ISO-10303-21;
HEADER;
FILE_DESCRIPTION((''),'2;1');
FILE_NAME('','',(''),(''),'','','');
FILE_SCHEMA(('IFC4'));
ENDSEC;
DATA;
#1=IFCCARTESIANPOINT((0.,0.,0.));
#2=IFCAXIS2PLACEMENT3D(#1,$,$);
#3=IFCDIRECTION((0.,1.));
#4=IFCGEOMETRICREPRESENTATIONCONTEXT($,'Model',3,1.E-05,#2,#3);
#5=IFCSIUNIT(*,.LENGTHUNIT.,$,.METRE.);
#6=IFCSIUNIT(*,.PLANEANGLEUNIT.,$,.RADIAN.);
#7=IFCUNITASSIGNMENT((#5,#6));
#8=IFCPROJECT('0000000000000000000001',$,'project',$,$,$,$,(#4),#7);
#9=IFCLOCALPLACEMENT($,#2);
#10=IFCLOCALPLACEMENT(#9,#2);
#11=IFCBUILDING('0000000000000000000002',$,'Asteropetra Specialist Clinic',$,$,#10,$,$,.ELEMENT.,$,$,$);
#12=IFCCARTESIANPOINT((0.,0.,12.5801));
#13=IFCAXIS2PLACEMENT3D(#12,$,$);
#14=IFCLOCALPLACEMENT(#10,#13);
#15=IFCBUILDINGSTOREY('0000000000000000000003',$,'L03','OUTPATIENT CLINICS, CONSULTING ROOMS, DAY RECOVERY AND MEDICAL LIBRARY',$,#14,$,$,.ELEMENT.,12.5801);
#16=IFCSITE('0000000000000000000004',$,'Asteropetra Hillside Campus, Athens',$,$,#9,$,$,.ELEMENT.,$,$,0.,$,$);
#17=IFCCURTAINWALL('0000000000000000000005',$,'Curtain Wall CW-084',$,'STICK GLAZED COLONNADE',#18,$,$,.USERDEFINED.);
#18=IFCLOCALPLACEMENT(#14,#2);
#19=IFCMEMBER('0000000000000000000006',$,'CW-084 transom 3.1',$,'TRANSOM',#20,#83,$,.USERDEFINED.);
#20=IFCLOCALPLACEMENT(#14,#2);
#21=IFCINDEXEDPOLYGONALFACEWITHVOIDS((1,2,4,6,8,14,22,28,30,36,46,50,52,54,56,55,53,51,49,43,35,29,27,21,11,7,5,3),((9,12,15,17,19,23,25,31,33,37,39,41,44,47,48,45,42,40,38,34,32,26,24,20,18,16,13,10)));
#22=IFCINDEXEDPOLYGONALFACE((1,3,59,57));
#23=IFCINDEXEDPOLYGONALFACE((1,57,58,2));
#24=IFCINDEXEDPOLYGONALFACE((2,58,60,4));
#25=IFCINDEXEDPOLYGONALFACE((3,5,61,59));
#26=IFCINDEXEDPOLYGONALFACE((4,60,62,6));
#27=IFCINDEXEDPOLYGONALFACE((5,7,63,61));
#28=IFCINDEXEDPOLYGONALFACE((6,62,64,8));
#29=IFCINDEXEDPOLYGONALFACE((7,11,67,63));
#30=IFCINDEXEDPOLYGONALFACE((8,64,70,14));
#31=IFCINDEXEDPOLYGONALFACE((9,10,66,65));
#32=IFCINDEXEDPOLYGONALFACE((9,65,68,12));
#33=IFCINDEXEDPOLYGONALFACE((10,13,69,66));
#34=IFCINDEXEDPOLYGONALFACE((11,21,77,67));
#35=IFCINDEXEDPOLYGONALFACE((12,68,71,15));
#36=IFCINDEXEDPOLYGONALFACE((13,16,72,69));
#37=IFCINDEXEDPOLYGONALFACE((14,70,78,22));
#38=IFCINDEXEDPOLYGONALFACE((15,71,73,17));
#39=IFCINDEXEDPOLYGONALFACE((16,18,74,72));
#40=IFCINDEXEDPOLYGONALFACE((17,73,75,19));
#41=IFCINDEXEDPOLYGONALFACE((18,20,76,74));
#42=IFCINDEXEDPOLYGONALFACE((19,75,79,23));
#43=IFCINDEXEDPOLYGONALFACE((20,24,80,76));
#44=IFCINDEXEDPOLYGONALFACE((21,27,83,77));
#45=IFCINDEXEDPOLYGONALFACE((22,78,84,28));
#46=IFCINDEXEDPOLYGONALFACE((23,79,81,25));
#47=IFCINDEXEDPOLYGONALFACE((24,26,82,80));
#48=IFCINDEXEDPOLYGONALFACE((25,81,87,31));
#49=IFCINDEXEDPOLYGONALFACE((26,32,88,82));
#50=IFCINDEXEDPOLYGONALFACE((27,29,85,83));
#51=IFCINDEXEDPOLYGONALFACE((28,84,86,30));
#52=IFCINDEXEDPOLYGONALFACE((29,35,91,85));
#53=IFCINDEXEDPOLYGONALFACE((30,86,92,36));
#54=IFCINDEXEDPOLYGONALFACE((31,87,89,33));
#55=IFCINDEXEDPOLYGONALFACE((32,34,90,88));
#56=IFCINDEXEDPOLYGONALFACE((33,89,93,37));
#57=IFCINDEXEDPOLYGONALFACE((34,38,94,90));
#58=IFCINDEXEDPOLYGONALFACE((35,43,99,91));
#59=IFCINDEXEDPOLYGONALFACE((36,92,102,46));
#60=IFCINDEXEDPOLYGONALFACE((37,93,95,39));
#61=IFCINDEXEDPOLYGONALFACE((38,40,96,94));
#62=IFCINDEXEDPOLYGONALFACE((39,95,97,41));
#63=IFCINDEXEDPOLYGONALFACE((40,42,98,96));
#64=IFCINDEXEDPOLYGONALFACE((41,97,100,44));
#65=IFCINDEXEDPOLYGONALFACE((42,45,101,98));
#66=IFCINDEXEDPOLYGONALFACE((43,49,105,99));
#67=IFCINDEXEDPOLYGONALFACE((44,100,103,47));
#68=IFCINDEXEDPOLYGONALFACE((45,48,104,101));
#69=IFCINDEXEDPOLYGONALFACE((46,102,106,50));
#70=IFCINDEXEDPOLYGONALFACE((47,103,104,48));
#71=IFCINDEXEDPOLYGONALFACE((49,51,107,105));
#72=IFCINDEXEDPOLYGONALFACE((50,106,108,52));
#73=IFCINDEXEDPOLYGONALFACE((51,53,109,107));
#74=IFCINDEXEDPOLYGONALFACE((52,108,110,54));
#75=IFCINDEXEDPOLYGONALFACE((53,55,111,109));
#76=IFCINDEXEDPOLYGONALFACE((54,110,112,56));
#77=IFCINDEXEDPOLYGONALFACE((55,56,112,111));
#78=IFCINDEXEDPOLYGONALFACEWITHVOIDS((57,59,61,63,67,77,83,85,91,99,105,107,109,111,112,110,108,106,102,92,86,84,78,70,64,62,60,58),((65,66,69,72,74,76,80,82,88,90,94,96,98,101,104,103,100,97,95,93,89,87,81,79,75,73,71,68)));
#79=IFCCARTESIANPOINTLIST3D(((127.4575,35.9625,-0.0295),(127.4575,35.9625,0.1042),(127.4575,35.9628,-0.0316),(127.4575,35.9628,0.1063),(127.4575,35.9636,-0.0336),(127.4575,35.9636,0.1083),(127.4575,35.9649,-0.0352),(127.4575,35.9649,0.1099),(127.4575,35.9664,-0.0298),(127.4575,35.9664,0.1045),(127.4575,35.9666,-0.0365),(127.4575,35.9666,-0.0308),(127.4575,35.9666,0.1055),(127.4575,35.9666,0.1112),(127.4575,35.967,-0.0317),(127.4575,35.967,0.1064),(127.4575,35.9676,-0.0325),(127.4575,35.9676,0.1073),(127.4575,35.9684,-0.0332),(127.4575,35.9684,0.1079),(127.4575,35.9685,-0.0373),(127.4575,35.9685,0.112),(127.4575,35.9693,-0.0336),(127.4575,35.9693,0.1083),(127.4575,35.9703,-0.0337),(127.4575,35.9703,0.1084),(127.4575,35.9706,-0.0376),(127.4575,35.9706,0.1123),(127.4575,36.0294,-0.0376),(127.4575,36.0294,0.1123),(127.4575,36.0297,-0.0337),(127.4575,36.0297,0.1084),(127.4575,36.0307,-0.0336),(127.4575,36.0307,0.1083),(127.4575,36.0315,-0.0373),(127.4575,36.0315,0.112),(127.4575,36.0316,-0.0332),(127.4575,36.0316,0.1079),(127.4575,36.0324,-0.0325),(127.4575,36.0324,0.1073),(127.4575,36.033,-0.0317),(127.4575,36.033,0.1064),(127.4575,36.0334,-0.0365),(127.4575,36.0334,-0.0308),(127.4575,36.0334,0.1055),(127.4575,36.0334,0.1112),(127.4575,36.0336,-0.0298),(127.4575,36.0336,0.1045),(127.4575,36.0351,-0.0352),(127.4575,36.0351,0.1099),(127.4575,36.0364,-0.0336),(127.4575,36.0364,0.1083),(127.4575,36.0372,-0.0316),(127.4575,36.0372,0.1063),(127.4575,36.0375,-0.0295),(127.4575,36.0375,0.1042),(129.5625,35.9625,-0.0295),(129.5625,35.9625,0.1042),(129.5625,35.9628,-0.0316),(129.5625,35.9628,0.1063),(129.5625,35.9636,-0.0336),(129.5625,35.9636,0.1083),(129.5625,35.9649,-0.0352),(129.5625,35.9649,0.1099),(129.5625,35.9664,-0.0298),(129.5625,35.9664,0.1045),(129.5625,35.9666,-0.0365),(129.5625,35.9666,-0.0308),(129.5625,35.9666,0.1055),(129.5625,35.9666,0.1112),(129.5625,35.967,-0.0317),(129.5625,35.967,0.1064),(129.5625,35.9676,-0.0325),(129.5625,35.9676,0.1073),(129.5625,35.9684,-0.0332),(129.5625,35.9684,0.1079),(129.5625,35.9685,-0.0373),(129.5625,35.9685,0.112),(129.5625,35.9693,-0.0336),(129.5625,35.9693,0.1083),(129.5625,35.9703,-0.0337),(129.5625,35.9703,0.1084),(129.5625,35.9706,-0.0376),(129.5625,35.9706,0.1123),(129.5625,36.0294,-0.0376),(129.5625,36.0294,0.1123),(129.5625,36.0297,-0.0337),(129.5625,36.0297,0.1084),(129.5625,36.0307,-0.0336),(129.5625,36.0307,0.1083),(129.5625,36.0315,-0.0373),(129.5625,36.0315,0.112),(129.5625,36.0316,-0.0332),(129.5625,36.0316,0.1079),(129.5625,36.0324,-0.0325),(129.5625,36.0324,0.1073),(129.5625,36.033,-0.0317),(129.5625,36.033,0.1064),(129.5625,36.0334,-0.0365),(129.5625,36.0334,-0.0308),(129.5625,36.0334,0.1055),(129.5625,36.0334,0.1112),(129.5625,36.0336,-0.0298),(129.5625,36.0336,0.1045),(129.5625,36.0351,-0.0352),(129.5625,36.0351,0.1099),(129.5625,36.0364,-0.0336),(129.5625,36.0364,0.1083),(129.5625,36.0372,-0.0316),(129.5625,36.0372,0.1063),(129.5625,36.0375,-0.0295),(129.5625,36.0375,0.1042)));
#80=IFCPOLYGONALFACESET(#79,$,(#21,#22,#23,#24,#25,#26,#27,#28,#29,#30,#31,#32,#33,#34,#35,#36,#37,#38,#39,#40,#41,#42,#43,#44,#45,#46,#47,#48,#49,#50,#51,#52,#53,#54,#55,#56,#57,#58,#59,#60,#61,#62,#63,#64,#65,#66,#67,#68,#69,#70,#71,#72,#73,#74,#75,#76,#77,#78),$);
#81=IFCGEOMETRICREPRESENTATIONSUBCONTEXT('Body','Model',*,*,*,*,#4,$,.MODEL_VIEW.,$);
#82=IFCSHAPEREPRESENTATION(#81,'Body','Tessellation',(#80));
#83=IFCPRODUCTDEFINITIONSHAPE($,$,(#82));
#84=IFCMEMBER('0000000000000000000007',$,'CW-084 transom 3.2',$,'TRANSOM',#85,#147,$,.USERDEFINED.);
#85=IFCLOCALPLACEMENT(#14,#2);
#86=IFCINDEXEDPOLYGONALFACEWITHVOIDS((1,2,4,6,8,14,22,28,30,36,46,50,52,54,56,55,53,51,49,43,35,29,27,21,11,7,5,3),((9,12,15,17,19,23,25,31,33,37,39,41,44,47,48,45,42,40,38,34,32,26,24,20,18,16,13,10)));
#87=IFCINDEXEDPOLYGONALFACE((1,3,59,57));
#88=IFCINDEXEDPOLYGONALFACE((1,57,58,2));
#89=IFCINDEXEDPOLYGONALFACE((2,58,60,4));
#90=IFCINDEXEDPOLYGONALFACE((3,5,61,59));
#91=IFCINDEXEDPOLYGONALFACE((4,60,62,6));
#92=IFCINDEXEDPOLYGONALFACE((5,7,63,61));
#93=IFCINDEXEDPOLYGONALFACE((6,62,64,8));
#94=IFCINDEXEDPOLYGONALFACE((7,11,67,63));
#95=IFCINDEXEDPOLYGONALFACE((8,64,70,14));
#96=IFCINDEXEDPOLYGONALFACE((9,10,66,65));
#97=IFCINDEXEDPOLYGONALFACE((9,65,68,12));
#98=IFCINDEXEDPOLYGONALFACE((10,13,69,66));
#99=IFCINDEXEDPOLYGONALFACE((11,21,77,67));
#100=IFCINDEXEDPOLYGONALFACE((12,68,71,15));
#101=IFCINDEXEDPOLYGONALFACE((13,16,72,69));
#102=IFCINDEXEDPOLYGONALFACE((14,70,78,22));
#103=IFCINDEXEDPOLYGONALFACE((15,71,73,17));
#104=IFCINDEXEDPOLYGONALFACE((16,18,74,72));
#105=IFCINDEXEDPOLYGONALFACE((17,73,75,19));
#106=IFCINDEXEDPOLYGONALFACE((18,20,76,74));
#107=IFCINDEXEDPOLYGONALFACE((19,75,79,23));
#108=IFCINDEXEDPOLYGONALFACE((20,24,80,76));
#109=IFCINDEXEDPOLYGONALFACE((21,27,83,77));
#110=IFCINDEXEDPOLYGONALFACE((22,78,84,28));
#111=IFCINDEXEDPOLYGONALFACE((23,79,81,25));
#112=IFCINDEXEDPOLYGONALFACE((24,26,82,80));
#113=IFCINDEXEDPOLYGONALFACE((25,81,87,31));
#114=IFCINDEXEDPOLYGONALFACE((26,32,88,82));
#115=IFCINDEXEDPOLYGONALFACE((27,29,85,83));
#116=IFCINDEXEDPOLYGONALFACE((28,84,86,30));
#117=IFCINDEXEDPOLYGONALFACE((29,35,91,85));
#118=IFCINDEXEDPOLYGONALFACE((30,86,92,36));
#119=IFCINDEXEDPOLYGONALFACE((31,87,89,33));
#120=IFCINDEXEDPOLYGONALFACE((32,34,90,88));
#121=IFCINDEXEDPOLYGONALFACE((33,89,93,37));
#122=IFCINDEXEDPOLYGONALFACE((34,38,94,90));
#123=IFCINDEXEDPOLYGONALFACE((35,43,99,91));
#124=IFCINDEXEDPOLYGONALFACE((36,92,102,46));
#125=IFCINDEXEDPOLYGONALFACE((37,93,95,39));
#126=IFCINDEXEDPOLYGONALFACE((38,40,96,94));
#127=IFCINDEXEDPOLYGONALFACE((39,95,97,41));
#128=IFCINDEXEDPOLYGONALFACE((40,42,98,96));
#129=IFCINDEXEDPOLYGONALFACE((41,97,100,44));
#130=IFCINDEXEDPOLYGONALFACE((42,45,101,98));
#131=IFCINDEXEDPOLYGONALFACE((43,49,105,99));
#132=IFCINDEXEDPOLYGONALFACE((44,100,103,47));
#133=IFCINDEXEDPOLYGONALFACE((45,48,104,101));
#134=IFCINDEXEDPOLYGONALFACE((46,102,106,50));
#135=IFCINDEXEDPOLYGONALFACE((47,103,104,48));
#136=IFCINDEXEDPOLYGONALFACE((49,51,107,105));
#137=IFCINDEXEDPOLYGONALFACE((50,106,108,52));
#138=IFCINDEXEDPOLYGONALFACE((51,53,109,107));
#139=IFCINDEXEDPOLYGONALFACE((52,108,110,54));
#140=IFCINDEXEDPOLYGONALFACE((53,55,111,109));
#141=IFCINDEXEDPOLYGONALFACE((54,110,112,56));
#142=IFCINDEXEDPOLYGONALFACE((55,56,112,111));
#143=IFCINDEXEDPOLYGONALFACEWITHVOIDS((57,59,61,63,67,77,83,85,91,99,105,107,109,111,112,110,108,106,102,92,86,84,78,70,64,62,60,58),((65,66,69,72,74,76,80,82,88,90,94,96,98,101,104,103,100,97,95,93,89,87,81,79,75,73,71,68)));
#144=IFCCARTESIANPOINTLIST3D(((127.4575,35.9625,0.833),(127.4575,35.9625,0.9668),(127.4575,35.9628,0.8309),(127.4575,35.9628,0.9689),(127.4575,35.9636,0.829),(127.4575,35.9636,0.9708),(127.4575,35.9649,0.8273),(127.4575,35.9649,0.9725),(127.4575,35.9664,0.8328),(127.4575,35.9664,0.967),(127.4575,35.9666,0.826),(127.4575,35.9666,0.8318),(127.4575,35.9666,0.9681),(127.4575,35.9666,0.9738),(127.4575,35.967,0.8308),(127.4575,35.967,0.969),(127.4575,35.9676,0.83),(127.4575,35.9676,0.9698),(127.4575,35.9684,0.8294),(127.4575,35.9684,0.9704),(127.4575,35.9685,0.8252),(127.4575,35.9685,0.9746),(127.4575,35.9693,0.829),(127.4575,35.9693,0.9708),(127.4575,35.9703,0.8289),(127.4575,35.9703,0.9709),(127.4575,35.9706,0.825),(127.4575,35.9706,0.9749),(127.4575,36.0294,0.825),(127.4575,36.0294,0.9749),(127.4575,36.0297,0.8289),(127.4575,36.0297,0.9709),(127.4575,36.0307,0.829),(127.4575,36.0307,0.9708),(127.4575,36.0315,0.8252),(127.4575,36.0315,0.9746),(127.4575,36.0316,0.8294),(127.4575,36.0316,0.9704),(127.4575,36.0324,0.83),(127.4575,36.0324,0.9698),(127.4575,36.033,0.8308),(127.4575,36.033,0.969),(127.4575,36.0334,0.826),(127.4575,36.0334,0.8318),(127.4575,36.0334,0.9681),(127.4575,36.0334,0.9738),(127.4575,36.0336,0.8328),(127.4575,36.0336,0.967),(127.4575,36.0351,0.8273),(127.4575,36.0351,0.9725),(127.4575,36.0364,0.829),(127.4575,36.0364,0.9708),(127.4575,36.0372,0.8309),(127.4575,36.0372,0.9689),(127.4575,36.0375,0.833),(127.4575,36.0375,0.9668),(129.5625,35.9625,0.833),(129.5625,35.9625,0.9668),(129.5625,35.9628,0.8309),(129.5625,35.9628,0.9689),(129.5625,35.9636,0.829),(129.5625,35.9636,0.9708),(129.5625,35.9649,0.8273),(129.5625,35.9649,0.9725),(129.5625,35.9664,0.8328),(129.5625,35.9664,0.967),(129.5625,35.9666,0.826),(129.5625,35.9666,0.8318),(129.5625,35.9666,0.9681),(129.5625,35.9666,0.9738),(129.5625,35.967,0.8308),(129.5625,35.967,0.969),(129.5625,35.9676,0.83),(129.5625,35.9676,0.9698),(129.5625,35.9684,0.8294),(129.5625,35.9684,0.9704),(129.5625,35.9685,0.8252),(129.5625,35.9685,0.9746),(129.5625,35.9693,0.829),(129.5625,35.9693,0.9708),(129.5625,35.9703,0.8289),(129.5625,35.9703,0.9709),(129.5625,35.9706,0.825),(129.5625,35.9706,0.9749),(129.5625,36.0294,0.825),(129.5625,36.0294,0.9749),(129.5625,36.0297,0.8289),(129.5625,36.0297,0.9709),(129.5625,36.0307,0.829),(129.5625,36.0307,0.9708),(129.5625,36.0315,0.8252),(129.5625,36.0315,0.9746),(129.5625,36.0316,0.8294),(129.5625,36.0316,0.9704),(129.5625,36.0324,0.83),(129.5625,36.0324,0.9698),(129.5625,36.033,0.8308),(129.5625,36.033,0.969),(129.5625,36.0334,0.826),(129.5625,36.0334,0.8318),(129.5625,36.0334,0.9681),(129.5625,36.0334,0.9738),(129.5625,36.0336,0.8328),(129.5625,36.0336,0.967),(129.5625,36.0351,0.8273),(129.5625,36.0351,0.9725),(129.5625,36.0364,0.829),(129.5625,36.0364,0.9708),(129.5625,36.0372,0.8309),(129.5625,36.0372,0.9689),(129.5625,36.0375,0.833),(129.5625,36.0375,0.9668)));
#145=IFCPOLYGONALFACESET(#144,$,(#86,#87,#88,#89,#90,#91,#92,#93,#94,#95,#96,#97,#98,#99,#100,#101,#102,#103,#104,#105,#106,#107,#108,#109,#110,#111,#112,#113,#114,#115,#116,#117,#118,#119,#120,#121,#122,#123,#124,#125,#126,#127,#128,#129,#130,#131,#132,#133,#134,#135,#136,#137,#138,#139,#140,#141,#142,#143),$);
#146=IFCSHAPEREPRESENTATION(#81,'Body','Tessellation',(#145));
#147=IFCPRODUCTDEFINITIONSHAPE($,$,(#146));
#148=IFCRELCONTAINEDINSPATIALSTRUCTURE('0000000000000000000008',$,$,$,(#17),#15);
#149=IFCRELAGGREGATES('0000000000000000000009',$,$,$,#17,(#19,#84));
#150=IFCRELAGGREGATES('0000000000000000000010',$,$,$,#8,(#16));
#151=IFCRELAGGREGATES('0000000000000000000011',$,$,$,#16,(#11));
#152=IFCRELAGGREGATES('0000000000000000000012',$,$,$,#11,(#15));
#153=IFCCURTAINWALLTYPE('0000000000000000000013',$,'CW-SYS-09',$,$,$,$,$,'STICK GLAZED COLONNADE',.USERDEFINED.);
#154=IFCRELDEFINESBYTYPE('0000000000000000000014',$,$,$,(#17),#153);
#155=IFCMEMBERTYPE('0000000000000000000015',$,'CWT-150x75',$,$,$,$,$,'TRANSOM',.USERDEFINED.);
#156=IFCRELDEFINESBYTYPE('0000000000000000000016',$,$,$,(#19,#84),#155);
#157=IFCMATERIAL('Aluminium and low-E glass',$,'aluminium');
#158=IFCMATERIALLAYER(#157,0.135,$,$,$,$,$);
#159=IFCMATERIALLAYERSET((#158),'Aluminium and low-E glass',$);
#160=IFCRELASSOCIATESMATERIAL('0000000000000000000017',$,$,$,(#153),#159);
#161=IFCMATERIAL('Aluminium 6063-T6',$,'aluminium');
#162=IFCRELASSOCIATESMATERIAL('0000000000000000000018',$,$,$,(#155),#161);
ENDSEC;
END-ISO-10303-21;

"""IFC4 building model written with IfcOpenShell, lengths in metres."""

from ifc_helpers import new_model, si_unit, direction, frame, origin, origin_2d, place, context, subcontext, project, spatial, hollow_rectangle, extrude, material, layer, layer_set, material_profile, profile_set, type_object, element, aggregate, save


model = new_model("IFC4")

# Units and contexts
model_context = context("Model", 3, precision=1e-05, world=origin(), true_north=direction((0.0, 1.0)))
body_context = subcontext(model_context, "Body", "Model", "MODEL_VIEW")
ifc_project = project(units=[si_unit("LENGTHUNIT", "METRE"), si_unit("PLANEANGLEUNIT", "RADIAN")], contexts=[model_context])

# Site, building, storey
site_placement = place(None, origin())
site = spatial("IfcSite", under=ifc_project, at=site_placement, Name="Asteropetra Hillside Campus, Athens", CompositionType="ELEMENT", RefElevation=0.0)
building_placement = place(site_placement, origin())
building = spatial("IfcBuilding", under=site, at=building_placement, Name="Asteropetra Specialist Clinic", CompositionType="ELEMENT")
storey_placement = place(building_placement, frame((0.0, 0.0, 12.5801)))
storey = spatial("IfcBuildingStorey", under=building, at=storey_placement, Name="L03", Description="OUTPATIENT CLINICS, CONSULTING ROOMS, DAY RECOVERY AND MEDICAL LIBRARY", CompositionType="ELEMENT", Elevation=12.5801)

# Curtain wall, members
ifc_material_1 = material(Name="Aluminium and low-E glass", Category="aluminium")
ifc_layer_1 = layer(ifc_material_1, 0.135)
ifc_layer_set_1 = layer_set([ifc_layer_1], Name="Aluminium and low-E glass")
curtain_wall_type = type_object("IfcCurtainWallType", Name="CW-SYS-09", ElementType="STICK GLAZED COLONNADE", PredefinedType="USERDEFINED", material=ifc_layer_set_1)
curtain_wall_placement = place(storey_placement, origin())
curtain_wall = element("IfcCurtainWall", 1, at=curtain_wall_placement, inside=storey, type_object=curtain_wall_type, Name="Curtain Wall CW-084", ObjectType="STICK GLAZED COLONNADE", PredefinedType="USERDEFINED")
ifc_material_2 = material(Name="Aluminium 6063-T6", Category="aluminium")
ifc_material_profile_1 = material_profile(ifc_material_2, hollow_rectangle(XDim=0.075, YDim=0.1499, WallThickness=0.0039, InnerFilletRadius=0.0039, OuterFilletRadius=0.0081, at=origin_2d()), Name="TRN 150x75x4.0")
ifc_profile_set_1 = profile_set([ifc_material_profile_1], Name="Aluminium 6063-T6")
member_type_1 = type_object("IfcMemberType", Name="CWT-150x75", ElementType="TRANSOM", PredefinedType="USERDEFINED", material=ifc_profile_set_1)
member_1_placement = place(storey_placement, frame((129.5625, 36.0, 0.0374), z_axis=(-1.0, 0.0, 0.0), x_axis=(0.0, -1.0, 0.0)))
member_1 = element("IfcMember", 2, at=member_1_placement, type_object=member_type_1, Name="CW-084 transom 3.1", ObjectType="TRANSOM", PredefinedType="USERDEFINED", context=body_context, shape_type="SweptSolid", body=[
    extrude(hollow_rectangle(XDim=0.075, YDim=0.1499, WallThickness=0.0039, InnerFilletRadius=0.0039, OuterFilletRadius=0.0081, at=origin_2d()), origin(), (0.0, 0.0, 1.0), 2.105),
])
member_2_placement = place(storey_placement, frame((129.5625, 36.0, 0.8999), z_axis=(-1.0, 0.0, 0.0), x_axis=(0.0, -1.0, 0.0)))
member_2 = element("IfcMember", 3, at=member_2_placement, type_object=member_type_1, Name="CW-084 transom 3.2", ObjectType="TRANSOM", PredefinedType="USERDEFINED", context=body_context, shape_type="SweptSolid", body=[
    extrude(hollow_rectangle(XDim=0.075, YDim=0.1499, WallThickness=0.0039, InnerFilletRadius=0.0039, OuterFilletRadius=0.0081, at=origin_2d()), origin(), (0.0, 0.0, 1.0), 2.105),
])

aggregate(curtain_wall, [member_1, member_2])

save(model, "model.ifc")
